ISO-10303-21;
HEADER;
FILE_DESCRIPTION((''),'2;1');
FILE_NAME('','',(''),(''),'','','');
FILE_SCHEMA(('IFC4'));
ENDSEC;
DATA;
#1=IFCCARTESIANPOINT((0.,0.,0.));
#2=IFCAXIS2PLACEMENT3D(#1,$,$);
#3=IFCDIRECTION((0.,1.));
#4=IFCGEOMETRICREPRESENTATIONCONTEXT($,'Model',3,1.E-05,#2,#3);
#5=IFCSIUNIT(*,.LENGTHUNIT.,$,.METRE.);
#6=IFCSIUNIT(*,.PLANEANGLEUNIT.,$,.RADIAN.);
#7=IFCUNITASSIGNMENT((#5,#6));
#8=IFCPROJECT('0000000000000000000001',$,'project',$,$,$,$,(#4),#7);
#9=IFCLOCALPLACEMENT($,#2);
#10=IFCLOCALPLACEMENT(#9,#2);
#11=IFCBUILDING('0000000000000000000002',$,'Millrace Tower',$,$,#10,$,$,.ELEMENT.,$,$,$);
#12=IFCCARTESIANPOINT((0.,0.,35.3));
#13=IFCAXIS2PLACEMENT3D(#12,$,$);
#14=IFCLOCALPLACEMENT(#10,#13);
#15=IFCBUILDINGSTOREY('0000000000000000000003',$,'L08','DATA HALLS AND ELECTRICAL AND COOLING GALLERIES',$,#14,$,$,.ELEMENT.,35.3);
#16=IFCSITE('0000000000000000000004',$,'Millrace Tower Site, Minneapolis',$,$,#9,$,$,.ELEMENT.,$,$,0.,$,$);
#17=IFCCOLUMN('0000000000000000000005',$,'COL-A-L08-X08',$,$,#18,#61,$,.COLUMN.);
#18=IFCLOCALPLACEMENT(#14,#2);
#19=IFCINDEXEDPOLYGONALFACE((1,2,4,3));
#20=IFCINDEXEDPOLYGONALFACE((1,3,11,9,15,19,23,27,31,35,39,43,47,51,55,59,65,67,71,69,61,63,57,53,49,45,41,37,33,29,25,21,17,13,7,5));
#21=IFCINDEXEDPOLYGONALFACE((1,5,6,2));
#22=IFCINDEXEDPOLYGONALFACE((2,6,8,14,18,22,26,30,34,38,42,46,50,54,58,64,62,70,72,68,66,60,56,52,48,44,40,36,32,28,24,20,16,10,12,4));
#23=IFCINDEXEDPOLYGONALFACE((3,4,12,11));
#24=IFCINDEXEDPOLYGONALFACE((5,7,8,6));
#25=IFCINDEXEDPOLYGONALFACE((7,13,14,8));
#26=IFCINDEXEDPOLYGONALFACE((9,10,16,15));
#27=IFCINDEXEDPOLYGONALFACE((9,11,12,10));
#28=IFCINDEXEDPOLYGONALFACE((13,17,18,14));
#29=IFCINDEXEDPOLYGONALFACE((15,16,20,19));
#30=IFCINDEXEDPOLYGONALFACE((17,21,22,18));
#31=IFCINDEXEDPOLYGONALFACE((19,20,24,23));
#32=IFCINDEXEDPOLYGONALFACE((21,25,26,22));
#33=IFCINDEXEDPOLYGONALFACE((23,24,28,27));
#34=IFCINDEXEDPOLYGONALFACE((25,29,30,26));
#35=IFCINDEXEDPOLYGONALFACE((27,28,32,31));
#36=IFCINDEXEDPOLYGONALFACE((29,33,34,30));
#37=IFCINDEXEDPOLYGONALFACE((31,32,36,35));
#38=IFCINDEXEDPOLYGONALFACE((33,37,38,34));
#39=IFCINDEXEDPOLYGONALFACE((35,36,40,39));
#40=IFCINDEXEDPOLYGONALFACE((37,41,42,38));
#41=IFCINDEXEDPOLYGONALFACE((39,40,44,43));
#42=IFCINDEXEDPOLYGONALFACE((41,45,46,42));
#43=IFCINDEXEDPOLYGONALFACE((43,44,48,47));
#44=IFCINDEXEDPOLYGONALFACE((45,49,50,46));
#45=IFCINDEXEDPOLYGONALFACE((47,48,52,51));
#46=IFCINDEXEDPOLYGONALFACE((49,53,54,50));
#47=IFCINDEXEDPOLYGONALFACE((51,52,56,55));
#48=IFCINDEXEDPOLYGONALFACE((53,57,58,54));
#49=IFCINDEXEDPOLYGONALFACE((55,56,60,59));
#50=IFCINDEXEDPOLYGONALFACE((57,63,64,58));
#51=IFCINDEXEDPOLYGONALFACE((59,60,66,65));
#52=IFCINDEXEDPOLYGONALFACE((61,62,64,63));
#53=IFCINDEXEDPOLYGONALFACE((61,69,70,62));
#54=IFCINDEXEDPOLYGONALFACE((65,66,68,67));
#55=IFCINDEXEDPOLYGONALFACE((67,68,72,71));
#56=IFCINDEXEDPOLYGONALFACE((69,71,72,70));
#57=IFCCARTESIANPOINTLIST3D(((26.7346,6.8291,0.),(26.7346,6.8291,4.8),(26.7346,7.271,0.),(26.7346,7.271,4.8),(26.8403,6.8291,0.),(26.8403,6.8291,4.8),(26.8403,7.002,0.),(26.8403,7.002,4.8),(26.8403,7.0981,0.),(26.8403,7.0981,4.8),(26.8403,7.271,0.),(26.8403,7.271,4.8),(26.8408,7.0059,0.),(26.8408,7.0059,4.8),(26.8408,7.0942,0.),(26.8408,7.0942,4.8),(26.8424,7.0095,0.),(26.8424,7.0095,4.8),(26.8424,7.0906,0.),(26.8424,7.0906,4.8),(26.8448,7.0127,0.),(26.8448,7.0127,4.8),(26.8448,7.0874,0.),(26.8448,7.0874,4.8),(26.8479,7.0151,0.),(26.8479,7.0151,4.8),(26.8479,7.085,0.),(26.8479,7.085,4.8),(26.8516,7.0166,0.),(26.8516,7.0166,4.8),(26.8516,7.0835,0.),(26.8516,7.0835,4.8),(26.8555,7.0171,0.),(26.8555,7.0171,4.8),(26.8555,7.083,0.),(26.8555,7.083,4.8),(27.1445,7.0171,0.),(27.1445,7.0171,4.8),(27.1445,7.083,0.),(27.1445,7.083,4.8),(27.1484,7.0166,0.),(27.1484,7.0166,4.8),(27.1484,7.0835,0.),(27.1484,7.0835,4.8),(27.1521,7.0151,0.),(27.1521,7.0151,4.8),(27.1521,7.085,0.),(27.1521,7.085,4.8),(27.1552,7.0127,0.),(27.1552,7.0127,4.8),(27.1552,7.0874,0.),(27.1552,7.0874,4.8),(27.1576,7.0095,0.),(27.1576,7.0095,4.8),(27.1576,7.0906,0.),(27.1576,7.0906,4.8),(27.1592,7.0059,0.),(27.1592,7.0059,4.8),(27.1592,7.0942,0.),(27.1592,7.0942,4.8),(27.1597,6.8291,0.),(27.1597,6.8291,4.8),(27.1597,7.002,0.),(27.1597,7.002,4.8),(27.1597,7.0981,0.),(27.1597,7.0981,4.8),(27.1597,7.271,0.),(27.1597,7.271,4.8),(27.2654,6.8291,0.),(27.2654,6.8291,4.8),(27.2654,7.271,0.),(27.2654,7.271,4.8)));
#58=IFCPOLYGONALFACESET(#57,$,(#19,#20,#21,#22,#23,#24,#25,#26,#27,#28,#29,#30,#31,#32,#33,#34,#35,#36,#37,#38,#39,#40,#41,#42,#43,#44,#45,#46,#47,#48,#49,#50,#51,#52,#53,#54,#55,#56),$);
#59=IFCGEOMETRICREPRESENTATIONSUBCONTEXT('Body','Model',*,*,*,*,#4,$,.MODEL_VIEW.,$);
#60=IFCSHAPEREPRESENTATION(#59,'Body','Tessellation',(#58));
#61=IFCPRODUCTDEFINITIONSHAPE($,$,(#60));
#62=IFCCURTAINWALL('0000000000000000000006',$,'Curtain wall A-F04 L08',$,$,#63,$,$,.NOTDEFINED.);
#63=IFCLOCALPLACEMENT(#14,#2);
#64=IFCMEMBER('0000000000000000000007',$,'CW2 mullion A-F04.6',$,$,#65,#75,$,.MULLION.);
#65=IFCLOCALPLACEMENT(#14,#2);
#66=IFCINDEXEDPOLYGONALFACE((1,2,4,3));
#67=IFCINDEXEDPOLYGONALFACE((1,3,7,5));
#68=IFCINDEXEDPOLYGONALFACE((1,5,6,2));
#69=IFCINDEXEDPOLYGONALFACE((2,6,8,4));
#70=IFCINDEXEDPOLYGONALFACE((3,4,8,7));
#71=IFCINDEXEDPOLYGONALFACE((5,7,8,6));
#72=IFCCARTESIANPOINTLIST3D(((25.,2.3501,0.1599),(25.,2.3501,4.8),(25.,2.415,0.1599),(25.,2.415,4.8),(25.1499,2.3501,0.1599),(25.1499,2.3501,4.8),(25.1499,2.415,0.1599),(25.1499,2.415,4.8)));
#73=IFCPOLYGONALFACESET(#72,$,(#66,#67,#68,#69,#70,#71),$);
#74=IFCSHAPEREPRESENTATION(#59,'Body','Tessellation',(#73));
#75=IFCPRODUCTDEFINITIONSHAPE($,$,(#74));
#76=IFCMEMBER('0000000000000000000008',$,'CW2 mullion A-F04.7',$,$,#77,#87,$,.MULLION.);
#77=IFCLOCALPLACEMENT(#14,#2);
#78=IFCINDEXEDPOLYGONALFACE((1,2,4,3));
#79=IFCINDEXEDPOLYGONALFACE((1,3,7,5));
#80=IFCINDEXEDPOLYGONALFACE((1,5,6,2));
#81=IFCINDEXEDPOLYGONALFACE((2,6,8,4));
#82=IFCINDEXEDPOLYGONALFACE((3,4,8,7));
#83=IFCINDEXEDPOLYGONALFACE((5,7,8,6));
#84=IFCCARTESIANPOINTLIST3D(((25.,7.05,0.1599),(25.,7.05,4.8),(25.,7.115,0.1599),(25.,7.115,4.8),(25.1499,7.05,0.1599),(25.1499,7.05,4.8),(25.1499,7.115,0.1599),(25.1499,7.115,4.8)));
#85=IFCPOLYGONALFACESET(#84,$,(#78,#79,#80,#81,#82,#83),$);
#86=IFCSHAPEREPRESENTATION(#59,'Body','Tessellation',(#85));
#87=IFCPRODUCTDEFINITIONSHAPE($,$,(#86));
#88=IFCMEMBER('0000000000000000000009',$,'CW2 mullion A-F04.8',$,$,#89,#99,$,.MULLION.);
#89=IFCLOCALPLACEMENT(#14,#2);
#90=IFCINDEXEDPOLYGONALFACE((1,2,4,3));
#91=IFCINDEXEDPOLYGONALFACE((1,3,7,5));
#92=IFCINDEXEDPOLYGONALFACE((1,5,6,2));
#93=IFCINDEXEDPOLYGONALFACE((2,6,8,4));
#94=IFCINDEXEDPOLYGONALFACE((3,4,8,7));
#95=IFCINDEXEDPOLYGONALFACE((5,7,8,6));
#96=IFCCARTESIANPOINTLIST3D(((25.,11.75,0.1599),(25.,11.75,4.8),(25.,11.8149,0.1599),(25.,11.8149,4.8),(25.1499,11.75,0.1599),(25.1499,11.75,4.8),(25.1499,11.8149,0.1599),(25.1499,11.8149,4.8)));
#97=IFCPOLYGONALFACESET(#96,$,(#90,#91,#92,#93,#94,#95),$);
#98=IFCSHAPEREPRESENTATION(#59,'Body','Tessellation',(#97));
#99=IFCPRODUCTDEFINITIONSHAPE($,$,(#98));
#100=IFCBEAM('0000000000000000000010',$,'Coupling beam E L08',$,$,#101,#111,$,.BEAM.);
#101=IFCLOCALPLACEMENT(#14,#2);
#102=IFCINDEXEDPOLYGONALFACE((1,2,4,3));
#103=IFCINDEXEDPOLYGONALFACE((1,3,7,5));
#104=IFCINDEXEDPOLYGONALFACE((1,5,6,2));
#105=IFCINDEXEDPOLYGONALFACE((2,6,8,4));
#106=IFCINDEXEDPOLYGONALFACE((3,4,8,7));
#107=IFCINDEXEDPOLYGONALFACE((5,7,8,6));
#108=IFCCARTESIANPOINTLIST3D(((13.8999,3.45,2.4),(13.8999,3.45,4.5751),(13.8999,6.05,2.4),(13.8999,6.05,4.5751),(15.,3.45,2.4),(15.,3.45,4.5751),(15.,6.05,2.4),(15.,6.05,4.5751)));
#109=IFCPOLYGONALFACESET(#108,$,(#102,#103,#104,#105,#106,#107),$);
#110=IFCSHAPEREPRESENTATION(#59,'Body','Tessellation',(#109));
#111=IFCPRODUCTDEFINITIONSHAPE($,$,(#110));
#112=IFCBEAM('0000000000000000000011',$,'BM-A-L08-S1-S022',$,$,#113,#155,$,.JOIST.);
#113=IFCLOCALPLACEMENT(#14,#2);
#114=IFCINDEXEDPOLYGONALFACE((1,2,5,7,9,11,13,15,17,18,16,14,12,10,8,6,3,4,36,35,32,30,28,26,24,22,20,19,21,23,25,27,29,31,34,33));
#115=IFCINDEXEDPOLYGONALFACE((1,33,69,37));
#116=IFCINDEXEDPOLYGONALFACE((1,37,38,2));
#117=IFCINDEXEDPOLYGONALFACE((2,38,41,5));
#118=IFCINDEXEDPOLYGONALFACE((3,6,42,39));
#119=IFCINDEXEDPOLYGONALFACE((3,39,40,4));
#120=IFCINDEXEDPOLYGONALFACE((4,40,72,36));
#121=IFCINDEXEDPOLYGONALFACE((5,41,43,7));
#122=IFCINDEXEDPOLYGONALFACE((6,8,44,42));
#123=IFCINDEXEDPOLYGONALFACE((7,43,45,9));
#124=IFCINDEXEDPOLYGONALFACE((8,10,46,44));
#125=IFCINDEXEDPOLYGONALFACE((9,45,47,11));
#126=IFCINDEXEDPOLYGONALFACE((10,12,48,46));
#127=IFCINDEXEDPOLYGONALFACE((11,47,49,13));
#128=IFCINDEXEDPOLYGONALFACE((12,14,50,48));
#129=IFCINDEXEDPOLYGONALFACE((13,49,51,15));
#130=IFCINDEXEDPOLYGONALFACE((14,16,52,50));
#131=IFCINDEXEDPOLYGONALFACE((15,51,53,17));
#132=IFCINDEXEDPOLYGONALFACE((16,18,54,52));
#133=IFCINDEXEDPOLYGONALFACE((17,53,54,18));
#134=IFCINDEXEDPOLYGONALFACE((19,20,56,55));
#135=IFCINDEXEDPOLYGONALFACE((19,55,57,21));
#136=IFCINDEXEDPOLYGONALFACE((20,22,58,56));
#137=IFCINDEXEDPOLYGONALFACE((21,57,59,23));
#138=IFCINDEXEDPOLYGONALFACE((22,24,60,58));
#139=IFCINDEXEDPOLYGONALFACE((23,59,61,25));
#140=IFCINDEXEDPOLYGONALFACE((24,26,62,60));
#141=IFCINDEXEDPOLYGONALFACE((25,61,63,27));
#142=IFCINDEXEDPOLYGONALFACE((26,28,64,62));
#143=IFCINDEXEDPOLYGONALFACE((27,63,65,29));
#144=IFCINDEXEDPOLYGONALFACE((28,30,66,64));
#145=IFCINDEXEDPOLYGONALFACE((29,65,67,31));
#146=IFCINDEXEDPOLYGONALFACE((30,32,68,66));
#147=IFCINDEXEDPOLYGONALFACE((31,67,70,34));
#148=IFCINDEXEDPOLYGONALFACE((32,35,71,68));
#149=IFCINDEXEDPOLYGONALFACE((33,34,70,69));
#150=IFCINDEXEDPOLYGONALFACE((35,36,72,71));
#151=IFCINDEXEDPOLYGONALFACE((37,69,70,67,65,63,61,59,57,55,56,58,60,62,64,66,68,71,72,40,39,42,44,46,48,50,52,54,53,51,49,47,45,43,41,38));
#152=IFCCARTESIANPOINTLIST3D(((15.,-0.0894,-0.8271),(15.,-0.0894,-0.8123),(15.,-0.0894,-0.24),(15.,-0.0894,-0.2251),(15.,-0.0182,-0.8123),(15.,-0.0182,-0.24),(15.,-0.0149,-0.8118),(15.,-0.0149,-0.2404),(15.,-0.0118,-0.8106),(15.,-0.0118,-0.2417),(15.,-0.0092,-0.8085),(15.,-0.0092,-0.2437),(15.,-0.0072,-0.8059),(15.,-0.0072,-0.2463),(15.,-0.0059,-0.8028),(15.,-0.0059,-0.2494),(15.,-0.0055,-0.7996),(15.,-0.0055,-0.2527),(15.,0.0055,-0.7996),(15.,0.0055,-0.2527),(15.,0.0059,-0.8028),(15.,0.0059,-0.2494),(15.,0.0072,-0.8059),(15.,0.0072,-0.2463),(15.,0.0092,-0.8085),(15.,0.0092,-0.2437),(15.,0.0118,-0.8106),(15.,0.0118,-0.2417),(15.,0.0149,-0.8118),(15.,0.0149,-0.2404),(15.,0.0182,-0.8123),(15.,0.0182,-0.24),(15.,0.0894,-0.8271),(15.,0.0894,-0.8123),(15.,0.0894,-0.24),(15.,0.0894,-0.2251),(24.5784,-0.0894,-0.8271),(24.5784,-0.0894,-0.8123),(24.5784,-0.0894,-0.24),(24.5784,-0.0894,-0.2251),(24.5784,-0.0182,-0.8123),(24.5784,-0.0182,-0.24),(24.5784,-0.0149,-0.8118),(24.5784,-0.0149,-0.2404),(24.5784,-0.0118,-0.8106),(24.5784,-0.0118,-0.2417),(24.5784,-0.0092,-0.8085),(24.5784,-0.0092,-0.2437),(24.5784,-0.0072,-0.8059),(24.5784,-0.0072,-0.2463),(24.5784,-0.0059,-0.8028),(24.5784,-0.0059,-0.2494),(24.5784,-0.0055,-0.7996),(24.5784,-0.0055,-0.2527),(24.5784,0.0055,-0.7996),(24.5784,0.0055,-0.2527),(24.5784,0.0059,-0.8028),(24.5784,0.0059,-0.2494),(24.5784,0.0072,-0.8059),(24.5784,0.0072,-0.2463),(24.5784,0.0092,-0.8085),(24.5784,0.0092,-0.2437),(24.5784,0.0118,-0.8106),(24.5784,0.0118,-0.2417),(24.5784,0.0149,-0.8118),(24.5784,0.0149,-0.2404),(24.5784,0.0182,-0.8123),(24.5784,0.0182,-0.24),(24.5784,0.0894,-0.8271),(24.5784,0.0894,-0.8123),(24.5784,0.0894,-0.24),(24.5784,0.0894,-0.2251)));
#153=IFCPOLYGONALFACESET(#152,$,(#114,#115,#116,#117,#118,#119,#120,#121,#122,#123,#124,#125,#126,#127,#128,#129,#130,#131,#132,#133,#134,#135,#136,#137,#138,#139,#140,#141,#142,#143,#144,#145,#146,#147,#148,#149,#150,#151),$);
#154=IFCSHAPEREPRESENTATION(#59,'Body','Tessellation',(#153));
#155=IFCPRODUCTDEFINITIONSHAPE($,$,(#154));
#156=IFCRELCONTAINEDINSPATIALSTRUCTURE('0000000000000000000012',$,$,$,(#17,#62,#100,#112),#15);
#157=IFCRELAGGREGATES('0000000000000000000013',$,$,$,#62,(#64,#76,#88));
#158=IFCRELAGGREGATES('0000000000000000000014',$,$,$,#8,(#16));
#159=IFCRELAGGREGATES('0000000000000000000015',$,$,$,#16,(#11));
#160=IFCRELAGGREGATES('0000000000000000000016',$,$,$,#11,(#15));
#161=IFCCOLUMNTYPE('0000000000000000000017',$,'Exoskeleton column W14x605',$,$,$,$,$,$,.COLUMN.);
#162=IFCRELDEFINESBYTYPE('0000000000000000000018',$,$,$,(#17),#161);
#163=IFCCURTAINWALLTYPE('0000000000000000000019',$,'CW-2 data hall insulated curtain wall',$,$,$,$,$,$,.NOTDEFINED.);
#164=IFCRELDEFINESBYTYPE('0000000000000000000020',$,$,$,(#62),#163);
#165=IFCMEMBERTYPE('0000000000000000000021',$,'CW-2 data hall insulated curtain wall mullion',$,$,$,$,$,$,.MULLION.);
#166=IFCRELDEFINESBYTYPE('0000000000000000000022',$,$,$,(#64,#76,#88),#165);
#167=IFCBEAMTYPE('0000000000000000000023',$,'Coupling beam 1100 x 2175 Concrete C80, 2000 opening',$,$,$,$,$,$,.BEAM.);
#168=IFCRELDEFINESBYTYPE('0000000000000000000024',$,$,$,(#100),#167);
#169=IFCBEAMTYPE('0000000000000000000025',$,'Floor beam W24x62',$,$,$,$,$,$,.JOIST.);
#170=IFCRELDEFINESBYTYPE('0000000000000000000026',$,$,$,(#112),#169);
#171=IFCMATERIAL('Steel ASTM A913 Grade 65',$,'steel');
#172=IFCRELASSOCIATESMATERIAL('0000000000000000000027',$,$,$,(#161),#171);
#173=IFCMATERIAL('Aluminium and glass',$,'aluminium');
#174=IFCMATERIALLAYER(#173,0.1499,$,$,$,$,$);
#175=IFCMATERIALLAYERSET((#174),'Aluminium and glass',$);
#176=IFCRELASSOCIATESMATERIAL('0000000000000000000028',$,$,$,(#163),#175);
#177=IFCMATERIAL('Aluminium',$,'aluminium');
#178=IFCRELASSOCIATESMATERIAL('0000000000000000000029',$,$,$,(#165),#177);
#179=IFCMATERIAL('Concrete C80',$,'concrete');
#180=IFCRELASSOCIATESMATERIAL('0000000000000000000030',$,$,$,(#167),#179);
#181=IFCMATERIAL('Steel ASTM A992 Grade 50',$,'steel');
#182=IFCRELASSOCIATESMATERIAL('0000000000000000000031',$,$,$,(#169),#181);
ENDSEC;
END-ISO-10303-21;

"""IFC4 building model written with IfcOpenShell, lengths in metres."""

from ifc_helpers import new_model, si_unit, direction, frame, origin, origin_2d, place, context, subcontext, project, spatial, rectangle, i_section, extrude, material, layer, layer_set, material_profile, profile_set, type_object, element, aggregate, save


model = new_model("IFC4")

# Units and contexts
model_context = context("Model", 3, precision=1e-05, world=origin(), true_north=direction((0.0, 1.0)))
body_context = subcontext(model_context, "Body", "Model", "MODEL_VIEW")
ifc_project = project(units=[si_unit("LENGTHUNIT", "METRE"), si_unit("PLANEANGLEUNIT", "RADIAN")], contexts=[model_context])

# Site, building, storey
site_placement = place(None, origin())
site = spatial("IfcSite", under=ifc_project, at=site_placement, Name="Millrace Tower Site, Minneapolis", CompositionType="ELEMENT", RefElevation=0.0)
building_placement = place(site_placement, origin())
building = spatial("IfcBuilding", under=site, at=building_placement, Name="Millrace Tower", CompositionType="ELEMENT")
storey_placement = place(building_placement, frame((0.0, 0.0, 35.3)))
storey = spatial("IfcBuildingStorey", under=building, at=storey_placement, Name="L08", Description="DATA HALLS AND ELECTRICAL AND COOLING GALLERIES", CompositionType="ELEMENT", Elevation=35.3)

# Column
ifc_material_1 = material(Name="Steel ASTM A913 Grade 65", Category="steel")
ifc_material_profile_1 = material_profile(ifc_material_1, i_section(OverallWidth=0.4419, OverallDepth=0.5308, WebThickness=0.0659, FlangeThickness=0.1057, FilletRadius=0.0151, at=origin_2d()))
ifc_profile_set_1 = profile_set([ifc_material_profile_1], Name="Steel ASTM A913 Grade 65")
column_type = type_object("IfcColumnType", Name="Exoskeleton column W14x605", PredefinedType="COLUMN", material=ifc_profile_set_1)
column_placement = place(storey_placement, frame((27.0, 7.05, 0.0), z_axis=(0.0, 0.0, 1.0), x_axis=(0.0, 1.0, 0.0)))
element("IfcColumn", 1, at=column_placement, inside=storey, type_object=column_type, Name="COL-A-L08-X08", PredefinedType="COLUMN", context=body_context, shape_type="SweptSolid", body=[
    extrude(i_section(OverallWidth=0.4419, OverallDepth=0.5308, WebThickness=0.0659, FlangeThickness=0.1057, FilletRadius=0.0151, at=origin_2d()), origin(), (0.0, 0.0, 1.0), 4.8),
])

# Curtain wall, members
ifc_material_2 = material(Name="Aluminium and glass", Category="aluminium")
ifc_layer_1 = layer(ifc_material_2, 0.1499)
ifc_layer_set_1 = layer_set([ifc_layer_1], Name="Aluminium and glass")
curtain_wall_type = type_object("IfcCurtainWallType", Name="CW-2 data hall insulated curtain wall", PredefinedType="NOTDEFINED", material=ifc_layer_set_1)
curtain_wall_placement = place(storey_placement, origin())
curtain_wall = element("IfcCurtainWall", 2, at=curtain_wall_placement, inside=storey, type_object=curtain_wall_type, Name="Curtain wall A-F04 L08", PredefinedType="NOTDEFINED")
ifc_material_3 = material(Name="Aluminium", Category="aluminium")
ifc_material_profile_2 = material_profile(ifc_material_3, rectangle(XDim=0.0649, YDim=0.1499, at=origin_2d()))
ifc_profile_set_2 = profile_set([ifc_material_profile_2], Name="Aluminium")
member_type = type_object("IfcMemberType", Name="CW-2 data hall insulated curtain wall mullion", PredefinedType="MULLION", material=ifc_profile_set_2)
member_1_placement = place(storey_placement, frame((25.075, 2.3826, 0.1599), z_axis=(0.0, 0.0, 1.0), x_axis=(0.0, 1.0, 0.0)))
member_1 = element("IfcMember", 3, at=member_1_placement, type_object=member_type, Name="CW2 mullion A-F04.6", PredefinedType="MULLION", context=body_context, shape_type="SweptSolid", body=[
    extrude(rectangle(XDim=0.0649, YDim=0.1499, at=origin_2d()), origin(), (0.0, 0.0, 1.0), 4.6401),
])
member_2_placement = place(storey_placement, frame((25.075, 7.0825, 0.1599), z_axis=(0.0, 0.0, 1.0), x_axis=(0.0, 1.0, 0.0)))
member_2 = element("IfcMember", 4, at=member_2_placement, type_object=member_type, Name="CW2 mullion A-F04.7", PredefinedType="MULLION", context=body_context, shape_type="SweptSolid", body=[
    extrude(rectangle(XDim=0.0649, YDim=0.1499, at=origin_2d()), origin(), (0.0, 0.0, 1.0), 4.6401),
])
member_3_placement = place(storey_placement, frame((25.075, 11.7825, 0.1599), z_axis=(0.0, 0.0, 1.0), x_axis=(0.0, 1.0, 0.0)))
member_3 = element("IfcMember", 5, at=member_3_placement, type_object=member_type, Name="CW2 mullion A-F04.8", PredefinedType="MULLION", context=body_context, shape_type="SweptSolid", body=[
    extrude(rectangle(XDim=0.0649, YDim=0.1499, at=origin_2d()), origin(), (0.0, 0.0, 1.0), 4.6401),
])
aggregate(curtain_wall, [member_1, member_2, member_3])

# Beams
ifc_material_4 = material(Name="Concrete C80", Category="concrete")
ifc_material_profile_3 = material_profile(ifc_material_4, rectangle(XDim=1.1001, YDim=2.175, at=origin_2d()))
ifc_profile_set_3 = profile_set([ifc_material_profile_3], Name="Concrete C80")
beam_type_1 = type_object("IfcBeamType", Name="Coupling beam 1100 x 2175 Concrete C80, 2000 opening", PredefinedType="BEAM", material=ifc_profile_set_3)
beam_1_placement = place(storey_placement, frame((14.45, 6.05, 3.4875), z_axis=(0.0, -1.0, 0.0), x_axis=(1.0, 0.0, 0.0)))
element("IfcBeam", 6, at=beam_1_placement, inside=storey, type_object=beam_type_1, Name="Coupling beam E L08", PredefinedType="BEAM", context=body_context, shape_type="SweptSolid", body=[
    extrude(rectangle(XDim=1.1001, YDim=2.175, at=origin_2d()), origin(), (0.0, 0.0, 1.0), 2.6001),
])
ifc_material_5 = material(Name="Steel ASTM A992 Grade 50", Category="steel")
ifc_material_profile_4 = material_profile(ifc_material_5, i_section(OverallWidth=0.1787, OverallDepth=0.6021, WebThickness=0.011, FlangeThickness=0.0149, FilletRadius=0.0127, at=origin_2d()))
ifc_profile_set_4 = profile_set([ifc_material_profile_4], Name="Steel ASTM A992 Grade 50")
beam_type_2 = type_object("IfcBeamType", Name="Floor beam W24x62", PredefinedType="JOIST", material=ifc_profile_set_4)
for number, where, z_axis, x_axis, name in (
    (7, (15.0, 0.0, -0.5261), (1.0, 0.0, 0.0), (0.0, 1.0, 0.0), "BM-A-L08-S1-S022"),
):
    element("IfcBeam", number, at=place(storey_placement, frame(where, z_axis=z_axis, x_axis=x_axis)), inside=storey, type_object=beam_type_2, Name=name, PredefinedType="JOIST", context=body_context, shape_type="SweptSolid", body=[
        extrude(i_section(OverallWidth=0.1787, OverallDepth=0.6021, WebThickness=0.011, FlangeThickness=0.0149, FilletRadius=0.0127, at=origin_2d()), origin(), (0.0, 0.0, 1.0), 9.5784),
    ])

save(model, "model.ifc")
